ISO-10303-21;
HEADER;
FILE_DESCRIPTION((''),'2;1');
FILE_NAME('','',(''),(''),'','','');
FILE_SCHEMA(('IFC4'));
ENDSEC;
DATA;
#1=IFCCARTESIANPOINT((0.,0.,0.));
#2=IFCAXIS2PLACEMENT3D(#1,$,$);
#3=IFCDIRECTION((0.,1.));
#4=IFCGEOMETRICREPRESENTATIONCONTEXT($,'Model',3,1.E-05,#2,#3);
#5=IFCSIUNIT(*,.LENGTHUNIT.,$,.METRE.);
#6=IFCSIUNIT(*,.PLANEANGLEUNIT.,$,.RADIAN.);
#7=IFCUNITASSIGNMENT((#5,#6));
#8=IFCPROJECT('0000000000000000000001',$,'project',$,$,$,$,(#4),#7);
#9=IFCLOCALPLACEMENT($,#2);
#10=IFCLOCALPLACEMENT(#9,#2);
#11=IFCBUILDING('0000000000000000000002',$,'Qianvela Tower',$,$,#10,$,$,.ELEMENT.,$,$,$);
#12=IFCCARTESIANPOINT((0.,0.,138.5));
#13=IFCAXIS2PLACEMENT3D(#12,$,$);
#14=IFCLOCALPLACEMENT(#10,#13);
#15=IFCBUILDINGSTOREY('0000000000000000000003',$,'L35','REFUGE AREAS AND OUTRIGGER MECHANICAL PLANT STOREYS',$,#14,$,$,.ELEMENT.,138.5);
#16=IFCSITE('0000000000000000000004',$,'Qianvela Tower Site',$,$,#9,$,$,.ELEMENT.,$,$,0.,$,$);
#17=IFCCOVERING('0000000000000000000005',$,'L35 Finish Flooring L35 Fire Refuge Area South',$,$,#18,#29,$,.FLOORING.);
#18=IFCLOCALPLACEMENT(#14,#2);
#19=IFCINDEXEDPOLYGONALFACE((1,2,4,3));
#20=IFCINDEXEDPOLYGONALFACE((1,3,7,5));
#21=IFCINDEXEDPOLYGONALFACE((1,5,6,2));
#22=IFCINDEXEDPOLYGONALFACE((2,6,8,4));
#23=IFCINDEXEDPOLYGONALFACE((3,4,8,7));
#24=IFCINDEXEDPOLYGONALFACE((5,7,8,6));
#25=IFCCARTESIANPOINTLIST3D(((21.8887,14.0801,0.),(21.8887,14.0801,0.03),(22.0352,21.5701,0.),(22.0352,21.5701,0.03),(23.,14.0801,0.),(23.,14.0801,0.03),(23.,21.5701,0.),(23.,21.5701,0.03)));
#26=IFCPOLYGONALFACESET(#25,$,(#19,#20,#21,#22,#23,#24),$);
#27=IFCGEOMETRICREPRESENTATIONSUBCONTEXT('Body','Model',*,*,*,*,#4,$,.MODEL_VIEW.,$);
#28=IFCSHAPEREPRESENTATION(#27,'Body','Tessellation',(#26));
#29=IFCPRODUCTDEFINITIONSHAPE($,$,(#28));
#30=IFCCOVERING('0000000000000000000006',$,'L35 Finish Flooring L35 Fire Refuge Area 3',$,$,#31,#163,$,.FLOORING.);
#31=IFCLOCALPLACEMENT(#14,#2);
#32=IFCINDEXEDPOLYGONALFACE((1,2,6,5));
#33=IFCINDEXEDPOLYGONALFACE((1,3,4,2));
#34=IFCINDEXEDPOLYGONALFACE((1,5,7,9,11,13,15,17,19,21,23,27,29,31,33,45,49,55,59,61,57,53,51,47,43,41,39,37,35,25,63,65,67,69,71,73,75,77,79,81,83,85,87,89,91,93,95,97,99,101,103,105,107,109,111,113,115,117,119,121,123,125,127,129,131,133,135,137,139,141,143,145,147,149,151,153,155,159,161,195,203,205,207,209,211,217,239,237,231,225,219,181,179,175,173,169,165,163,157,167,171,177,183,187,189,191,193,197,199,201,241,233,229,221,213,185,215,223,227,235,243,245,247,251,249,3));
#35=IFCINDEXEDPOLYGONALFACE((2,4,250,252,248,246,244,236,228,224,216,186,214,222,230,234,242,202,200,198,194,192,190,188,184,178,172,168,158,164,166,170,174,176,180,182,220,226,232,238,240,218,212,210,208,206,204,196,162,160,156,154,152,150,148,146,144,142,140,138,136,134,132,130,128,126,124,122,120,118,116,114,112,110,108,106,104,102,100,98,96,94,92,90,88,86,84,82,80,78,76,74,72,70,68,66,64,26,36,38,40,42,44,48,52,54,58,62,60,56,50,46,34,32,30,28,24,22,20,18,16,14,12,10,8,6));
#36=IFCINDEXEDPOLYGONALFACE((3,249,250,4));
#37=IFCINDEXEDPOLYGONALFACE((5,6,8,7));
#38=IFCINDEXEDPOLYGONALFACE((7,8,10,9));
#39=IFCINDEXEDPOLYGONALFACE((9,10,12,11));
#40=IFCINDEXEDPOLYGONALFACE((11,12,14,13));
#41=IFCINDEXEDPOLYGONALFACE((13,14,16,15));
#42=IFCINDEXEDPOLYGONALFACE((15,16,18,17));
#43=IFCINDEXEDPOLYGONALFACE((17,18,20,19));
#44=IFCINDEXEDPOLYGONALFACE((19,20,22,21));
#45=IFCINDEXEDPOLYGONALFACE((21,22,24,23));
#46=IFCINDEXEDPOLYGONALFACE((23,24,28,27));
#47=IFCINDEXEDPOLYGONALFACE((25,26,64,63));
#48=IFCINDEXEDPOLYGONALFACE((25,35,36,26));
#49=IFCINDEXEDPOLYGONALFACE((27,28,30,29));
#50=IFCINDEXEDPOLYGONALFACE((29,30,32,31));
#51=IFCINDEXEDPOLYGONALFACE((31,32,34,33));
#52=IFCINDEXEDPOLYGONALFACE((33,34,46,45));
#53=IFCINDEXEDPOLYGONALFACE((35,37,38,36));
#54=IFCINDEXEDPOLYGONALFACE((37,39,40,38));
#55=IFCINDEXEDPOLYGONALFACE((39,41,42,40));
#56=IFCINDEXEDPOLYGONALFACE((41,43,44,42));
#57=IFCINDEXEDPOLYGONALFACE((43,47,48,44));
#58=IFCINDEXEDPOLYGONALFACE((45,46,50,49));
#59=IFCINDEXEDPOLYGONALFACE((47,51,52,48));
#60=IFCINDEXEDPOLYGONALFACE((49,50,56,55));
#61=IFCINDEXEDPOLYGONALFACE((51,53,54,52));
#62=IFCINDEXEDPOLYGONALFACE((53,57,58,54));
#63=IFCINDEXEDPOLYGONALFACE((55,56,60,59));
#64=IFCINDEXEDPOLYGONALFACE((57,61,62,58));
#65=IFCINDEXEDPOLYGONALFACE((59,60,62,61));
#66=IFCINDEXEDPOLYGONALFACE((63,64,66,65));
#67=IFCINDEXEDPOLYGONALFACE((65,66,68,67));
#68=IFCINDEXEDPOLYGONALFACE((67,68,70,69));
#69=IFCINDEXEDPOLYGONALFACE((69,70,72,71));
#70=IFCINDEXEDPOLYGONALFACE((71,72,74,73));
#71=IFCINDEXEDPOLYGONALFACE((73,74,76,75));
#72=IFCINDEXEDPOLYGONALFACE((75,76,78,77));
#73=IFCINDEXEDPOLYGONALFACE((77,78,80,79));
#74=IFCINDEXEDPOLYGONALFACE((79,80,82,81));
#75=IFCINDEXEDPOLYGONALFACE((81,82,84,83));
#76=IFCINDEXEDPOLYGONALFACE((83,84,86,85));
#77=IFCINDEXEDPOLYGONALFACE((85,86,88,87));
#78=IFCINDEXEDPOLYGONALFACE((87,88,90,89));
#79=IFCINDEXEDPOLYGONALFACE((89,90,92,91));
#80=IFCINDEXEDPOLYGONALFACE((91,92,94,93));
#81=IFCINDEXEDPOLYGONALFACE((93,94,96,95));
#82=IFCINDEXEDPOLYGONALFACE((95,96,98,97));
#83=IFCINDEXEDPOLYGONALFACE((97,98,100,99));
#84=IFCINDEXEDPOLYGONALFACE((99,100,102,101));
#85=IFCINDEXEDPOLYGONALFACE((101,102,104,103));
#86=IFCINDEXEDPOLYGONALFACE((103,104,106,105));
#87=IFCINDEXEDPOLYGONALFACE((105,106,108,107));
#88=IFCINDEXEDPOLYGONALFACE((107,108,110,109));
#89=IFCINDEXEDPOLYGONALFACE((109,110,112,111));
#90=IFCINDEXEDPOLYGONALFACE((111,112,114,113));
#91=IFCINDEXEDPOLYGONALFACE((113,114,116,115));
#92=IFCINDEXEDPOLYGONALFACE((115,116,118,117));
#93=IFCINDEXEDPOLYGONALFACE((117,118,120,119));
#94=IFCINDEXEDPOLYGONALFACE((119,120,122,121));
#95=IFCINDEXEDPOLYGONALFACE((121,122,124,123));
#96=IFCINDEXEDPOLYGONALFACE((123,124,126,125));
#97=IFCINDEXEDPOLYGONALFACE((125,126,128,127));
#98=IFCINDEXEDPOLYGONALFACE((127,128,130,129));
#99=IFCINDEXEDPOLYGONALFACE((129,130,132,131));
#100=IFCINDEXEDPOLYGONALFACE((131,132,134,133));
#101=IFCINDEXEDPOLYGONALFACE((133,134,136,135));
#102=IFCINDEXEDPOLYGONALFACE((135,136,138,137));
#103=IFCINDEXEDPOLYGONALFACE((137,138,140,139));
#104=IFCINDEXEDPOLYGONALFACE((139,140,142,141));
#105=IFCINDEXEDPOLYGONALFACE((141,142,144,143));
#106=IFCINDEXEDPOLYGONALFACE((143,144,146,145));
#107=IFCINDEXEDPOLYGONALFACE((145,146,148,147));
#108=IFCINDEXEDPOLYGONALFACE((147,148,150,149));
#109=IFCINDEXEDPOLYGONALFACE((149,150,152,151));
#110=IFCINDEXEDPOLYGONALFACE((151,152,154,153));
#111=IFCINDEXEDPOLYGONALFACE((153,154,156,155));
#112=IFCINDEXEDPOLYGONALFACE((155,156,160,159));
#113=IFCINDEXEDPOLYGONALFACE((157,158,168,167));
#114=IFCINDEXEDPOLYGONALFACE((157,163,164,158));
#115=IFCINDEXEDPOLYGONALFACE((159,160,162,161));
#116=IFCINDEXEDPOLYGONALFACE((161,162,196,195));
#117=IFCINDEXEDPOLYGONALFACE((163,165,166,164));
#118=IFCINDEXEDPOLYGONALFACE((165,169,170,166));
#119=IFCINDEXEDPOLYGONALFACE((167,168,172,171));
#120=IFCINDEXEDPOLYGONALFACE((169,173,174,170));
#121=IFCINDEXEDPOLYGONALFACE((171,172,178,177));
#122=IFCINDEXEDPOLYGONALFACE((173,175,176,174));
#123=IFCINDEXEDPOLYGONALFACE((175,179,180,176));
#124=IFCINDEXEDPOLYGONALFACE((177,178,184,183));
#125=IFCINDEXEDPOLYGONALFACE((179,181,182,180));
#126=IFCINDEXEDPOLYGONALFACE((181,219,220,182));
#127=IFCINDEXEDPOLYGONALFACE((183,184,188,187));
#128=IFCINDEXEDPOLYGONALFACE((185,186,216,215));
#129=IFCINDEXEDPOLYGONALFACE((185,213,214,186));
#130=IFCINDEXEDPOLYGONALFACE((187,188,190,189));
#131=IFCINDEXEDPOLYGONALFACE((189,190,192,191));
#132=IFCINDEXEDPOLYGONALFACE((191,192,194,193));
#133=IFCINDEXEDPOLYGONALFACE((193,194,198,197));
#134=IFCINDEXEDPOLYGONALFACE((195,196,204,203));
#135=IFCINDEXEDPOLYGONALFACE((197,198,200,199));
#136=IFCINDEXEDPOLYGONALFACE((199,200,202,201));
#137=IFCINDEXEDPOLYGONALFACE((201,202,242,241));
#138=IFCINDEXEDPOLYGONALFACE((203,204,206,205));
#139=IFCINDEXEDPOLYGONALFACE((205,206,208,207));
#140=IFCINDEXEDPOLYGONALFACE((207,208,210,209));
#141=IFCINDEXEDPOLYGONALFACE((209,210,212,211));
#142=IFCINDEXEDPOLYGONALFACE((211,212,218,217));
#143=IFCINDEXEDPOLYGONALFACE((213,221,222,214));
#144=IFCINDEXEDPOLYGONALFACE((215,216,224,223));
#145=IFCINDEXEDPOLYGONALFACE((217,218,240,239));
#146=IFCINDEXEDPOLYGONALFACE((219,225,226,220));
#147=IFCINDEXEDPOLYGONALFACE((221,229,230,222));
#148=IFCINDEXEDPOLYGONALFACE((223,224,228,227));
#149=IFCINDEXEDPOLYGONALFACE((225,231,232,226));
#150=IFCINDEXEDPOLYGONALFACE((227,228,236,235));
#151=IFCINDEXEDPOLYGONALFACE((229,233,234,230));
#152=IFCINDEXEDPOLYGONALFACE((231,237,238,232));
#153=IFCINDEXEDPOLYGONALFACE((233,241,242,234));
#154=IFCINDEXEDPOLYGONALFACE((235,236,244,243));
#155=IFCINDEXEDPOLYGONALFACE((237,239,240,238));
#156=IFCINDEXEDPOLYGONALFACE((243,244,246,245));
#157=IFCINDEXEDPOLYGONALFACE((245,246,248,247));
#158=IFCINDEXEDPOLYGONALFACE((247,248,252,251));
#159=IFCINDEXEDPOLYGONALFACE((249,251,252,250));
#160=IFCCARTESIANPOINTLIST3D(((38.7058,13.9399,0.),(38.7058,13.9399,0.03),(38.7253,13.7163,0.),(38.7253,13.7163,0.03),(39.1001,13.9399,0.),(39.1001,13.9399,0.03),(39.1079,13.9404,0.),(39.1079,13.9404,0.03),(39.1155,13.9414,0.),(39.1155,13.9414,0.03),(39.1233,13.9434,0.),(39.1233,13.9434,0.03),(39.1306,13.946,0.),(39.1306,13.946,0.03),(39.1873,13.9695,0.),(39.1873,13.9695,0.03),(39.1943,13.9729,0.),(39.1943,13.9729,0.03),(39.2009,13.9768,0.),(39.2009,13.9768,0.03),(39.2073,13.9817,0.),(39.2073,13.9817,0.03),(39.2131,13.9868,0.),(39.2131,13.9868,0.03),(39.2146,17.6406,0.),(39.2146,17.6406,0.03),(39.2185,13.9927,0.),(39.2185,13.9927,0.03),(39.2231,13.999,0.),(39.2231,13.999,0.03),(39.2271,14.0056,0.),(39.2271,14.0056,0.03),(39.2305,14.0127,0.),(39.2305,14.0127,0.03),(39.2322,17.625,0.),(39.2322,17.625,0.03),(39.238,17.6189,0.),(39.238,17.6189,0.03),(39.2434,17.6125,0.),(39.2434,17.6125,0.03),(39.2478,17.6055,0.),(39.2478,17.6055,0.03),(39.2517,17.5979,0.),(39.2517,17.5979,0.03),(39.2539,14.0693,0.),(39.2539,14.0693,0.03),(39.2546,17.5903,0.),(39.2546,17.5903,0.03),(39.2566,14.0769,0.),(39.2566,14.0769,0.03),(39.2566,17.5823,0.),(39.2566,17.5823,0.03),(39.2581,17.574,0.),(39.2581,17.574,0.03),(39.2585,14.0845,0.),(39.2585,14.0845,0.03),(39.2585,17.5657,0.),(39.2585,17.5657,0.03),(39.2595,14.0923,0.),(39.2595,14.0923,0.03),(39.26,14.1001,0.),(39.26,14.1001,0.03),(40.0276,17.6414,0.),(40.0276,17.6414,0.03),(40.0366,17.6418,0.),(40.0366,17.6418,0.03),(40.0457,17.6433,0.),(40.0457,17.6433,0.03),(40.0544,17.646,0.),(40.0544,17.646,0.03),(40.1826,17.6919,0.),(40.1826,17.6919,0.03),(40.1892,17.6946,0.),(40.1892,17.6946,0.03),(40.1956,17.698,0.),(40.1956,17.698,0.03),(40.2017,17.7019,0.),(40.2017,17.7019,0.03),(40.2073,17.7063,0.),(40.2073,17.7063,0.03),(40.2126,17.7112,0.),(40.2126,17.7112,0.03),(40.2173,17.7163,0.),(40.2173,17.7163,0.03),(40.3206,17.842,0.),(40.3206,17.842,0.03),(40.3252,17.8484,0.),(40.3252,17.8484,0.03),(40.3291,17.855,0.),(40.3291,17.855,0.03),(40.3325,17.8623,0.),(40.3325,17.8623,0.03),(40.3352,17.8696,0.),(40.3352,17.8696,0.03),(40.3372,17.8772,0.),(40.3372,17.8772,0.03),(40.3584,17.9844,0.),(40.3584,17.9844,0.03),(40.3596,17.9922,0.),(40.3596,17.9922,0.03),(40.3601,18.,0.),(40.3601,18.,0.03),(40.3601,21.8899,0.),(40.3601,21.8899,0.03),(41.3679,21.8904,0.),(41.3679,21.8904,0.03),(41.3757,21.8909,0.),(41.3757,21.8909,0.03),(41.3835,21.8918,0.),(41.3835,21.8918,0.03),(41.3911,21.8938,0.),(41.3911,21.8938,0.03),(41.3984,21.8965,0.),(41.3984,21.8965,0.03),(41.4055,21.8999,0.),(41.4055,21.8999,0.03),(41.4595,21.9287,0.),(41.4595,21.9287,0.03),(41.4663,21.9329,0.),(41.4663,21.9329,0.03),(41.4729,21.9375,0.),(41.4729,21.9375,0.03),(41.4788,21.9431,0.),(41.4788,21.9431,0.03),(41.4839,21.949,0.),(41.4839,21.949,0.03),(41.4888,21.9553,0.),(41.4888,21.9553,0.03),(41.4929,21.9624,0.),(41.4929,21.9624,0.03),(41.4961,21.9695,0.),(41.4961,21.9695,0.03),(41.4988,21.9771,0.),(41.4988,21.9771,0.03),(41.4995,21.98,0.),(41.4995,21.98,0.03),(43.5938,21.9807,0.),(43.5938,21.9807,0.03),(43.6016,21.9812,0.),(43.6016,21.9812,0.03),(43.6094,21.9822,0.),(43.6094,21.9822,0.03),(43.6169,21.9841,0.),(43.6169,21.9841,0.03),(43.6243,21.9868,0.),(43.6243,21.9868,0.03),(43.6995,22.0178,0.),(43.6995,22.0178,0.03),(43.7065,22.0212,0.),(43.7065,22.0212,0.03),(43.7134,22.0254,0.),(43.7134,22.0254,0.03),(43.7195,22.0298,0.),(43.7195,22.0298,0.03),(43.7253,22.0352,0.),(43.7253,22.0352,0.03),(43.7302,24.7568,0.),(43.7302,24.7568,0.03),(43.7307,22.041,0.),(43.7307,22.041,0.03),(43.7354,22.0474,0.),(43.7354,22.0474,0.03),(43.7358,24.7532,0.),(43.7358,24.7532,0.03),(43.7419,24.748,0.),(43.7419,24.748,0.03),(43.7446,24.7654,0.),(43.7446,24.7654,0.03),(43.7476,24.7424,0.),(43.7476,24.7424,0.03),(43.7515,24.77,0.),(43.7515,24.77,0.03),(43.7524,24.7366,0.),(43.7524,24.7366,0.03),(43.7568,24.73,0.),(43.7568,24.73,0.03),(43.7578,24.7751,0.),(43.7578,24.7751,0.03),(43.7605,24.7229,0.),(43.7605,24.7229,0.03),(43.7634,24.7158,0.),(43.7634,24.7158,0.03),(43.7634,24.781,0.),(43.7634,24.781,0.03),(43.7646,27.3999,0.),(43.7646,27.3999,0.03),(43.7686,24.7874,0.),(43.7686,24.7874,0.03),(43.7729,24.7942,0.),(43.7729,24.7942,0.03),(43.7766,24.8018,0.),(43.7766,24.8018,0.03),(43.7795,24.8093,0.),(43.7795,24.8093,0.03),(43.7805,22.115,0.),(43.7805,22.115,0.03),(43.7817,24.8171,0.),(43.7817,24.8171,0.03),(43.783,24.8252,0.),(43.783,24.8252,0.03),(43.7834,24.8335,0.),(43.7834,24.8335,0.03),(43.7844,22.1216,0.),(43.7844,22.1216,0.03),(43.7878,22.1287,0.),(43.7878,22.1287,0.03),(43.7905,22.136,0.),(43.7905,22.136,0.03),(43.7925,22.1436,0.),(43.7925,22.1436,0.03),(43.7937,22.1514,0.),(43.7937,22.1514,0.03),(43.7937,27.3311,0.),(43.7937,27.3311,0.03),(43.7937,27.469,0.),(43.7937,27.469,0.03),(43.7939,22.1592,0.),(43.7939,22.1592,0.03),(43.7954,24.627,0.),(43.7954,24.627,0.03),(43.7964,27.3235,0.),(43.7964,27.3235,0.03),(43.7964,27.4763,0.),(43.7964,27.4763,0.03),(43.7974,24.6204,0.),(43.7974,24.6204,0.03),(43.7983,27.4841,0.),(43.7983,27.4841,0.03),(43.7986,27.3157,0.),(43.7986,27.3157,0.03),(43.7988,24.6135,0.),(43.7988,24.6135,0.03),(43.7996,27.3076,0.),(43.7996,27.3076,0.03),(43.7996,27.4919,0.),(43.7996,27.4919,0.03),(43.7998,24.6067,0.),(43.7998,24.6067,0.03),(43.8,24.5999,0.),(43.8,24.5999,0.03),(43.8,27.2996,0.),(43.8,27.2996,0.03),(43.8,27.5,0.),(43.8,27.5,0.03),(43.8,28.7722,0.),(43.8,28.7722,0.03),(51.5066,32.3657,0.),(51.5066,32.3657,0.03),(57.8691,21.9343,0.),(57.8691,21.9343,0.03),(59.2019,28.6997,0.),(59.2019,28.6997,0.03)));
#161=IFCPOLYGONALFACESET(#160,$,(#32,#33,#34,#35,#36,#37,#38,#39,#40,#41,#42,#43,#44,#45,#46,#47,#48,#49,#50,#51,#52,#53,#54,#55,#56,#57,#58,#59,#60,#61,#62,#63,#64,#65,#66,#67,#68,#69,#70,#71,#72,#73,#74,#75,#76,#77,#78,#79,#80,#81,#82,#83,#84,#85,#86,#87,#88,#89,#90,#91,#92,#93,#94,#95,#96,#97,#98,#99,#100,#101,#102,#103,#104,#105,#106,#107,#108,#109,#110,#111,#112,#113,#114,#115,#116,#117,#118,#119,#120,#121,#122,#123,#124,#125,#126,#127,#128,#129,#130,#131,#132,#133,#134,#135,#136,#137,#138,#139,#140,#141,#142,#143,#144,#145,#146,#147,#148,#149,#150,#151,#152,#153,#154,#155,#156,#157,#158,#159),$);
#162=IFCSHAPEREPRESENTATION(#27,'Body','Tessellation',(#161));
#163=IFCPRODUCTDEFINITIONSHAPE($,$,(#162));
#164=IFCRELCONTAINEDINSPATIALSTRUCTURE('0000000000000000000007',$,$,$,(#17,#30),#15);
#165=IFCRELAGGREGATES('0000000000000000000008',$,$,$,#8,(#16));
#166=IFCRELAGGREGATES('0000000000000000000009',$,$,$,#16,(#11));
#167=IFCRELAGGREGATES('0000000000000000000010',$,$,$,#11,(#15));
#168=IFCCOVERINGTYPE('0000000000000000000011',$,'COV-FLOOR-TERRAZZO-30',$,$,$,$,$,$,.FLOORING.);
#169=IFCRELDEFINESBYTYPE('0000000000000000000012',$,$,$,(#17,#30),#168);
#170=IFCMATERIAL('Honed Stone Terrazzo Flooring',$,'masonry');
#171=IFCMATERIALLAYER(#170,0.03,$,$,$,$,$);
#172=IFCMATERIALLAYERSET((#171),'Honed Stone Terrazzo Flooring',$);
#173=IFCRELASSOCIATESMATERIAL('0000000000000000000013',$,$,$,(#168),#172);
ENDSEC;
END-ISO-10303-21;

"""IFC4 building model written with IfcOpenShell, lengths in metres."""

from ifc_helpers import new_model, si_unit, direction, frame, origin, place, context, subcontext, project, spatial, polyline, outline, extrude, material, layer, layer_set, type_object, element, save


model = new_model("IFC4")

# Units and contexts
model_context = context("Model", 3, precision=1e-05, world=origin(), true_north=direction((0.0, 1.0)))
body_context = subcontext(model_context, "Body", "Model", "MODEL_VIEW")
ifc_project = project(units=[si_unit("LENGTHUNIT", "METRE"), si_unit("PLANEANGLEUNIT", "RADIAN")], contexts=[model_context])

# Site, building, storey
site_placement = place(None, origin())
site = spatial("IfcSite", under=ifc_project, at=site_placement, Name="Qianvela Tower Site", CompositionType="ELEMENT", RefElevation=0.0)
building_placement = place(site_placement, origin())
building = spatial("IfcBuilding", under=site, at=building_placement, Name="Qianvela Tower", CompositionType="ELEMENT")
storey_placement = place(building_placement, frame((0.0, 0.0, 138.5)))
storey = spatial("IfcBuildingStorey", under=building, at=storey_placement, Name="L35", Description="REFUGE AREAS AND OUTRIGGER MECHANICAL PLANT STOREYS", CompositionType="ELEMENT", Elevation=138.5)

# Coverings
ifc_material_1 = material(Name="Honed Stone Terrazzo Flooring", Category="masonry")
ifc_layer_1 = layer(ifc_material_1, 0.03)
ifc_layer_set_1 = layer_set([ifc_layer_1], Name="Honed Stone Terrazzo Flooring")
covering_type_1 = type_object("IfcCoveringType", Name="COV-FLOOR-TERRAZZO-30", PredefinedType="FLOORING", material=ifc_layer_set_1)
covering_1_placement = place(storey_placement, origin())
element("IfcCovering", 1, at=covering_1_placement, inside=storey, type_object=covering_type_1, Name="L35 Finish Flooring L35 Fire Refuge Area South", PredefinedType="FLOORING", context=body_context, shape_type="SweptSolid", body=[
    extrude(outline(polyline([(21.8887, 14.0801), (22.0352, 21.5701), (23.0, 21.5701), (23.0, 14.0801), (21.8887, 14.0801)])), origin(), (0.0, 0.0, 1.0), 0.03),
])
covering_2_placement = place(storey_placement, origin())
element("IfcCovering", 2, at=covering_2_placement, inside=storey, type_object=covering_type_1, Name="L35 Finish Flooring L35 Fire Refuge Area 3", PredefinedType="FLOORING", context=body_context, shape_type="SweptSolid", body=[
    extrude(outline(polyline([(39.1873, 13.9695), (39.1943, 13.9729), (39.2009, 13.9768), (39.2073, 13.9817), (39.2131, 13.9868), (39.2185, 13.9927), (39.2231, 13.999), (39.2271, 14.0056), (39.2305, 14.0127), (39.2539, 14.0693), (39.2566, 14.0769), (39.2585, 14.0845), (39.2595, 14.0923), (39.26, 14.1001), (39.2585, 17.5657), (39.2581, 17.574), (39.2566, 17.5823), (39.2546, 17.5903), (39.2517, 17.5979), (39.2478, 17.6055), (39.2434, 17.6125), (39.238, 17.6189), (39.2322, 17.625), (39.2146, 17.6406), (40.0276, 17.6414), (40.0366, 17.6418), (40.0457, 17.6433), (40.0544, 17.646), (40.1826, 17.6919), (40.1892, 17.6946), (40.1956, 17.698), (40.2017, 17.7019), (40.2073, 17.7063), (40.2126, 17.7112), (40.2173, 17.7163), (40.3206, 17.842), (40.3252, 17.8484), (40.3291, 17.855), (40.3325, 17.8623), (40.3352, 17.8696), (40.3372, 17.8772), (40.3584, 17.9844), (40.3596, 17.9922), (40.3601, 18.0), (40.3601, 21.8899), (41.3679, 21.8904), (41.3757, 21.8909), (41.3835, 21.8918), (41.3911, 21.8938), (41.3984, 21.8965), (41.4055, 21.8999), (41.4595, 21.9287), (41.4663, 21.9329), (41.4729, 21.9375), (41.4788, 21.9431), (41.4839, 21.949), (41.4888, 21.9553), (41.4929, 21.9624), (41.4961, 21.9695), (41.4988, 21.9771), (41.4995, 21.98), (43.5938, 21.9807), (43.6016, 21.9812), (43.6094, 21.9822), (43.6169, 21.9841), (43.6243, 21.9868), (43.6995, 22.0178), (43.7065, 22.0212), (43.7134, 22.0254), (43.7195, 22.0298), (43.7253, 22.0352), (43.7307, 22.041), (43.7354, 22.0474), (43.7805, 22.115), (43.7844, 22.1216), (43.7878, 22.1287), (43.7905, 22.136), (43.7925, 22.1436), (43.7937, 22.1514), (43.7939, 22.1592), (43.8, 24.5999), (43.7998, 24.6067), (43.7988, 24.6135), (43.7974, 24.6204), (43.7954, 24.627), (43.7634, 24.7158), (43.7605, 24.7229), (43.7568, 24.73), (43.7524, 24.7366), (43.7476, 24.7424), (43.7419, 24.748), (43.7358, 24.7532), (43.7302, 24.7568), (43.7446, 24.7654), (43.7515, 24.77), (43.7578, 24.7751), (43.7634, 24.781), (43.7686, 24.7874), (43.7729, 24.7942), (43.7766, 24.8018), (43.7795, 24.8093), (43.7817, 24.8171), (43.783, 24.8252), (43.7834, 24.8335), (43.8, 27.2996), (43.7996, 27.3076), (43.7986, 27.3157), (43.7964, 27.3235), (43.7937, 27.3311), (43.7646, 27.3999), (43.7937, 27.469), (43.7964, 27.4763), (43.7983, 27.4841), (43.7996, 27.4919), (43.8, 27.5), (43.8, 28.7722), (51.5066, 32.3657), (59.2019, 28.6997), (57.8691, 21.9343), (38.7253, 13.7163), (38.7058, 13.9399), (39.1001, 13.9399), (39.1079, 13.9404), (39.1155, 13.9414), (39.1233, 13.9434), (39.1306, 13.946), (39.1873, 13.9695)])), origin(), (0.0, 0.0, 1.0), 0.03),
])

save(model, "model.ifc")
